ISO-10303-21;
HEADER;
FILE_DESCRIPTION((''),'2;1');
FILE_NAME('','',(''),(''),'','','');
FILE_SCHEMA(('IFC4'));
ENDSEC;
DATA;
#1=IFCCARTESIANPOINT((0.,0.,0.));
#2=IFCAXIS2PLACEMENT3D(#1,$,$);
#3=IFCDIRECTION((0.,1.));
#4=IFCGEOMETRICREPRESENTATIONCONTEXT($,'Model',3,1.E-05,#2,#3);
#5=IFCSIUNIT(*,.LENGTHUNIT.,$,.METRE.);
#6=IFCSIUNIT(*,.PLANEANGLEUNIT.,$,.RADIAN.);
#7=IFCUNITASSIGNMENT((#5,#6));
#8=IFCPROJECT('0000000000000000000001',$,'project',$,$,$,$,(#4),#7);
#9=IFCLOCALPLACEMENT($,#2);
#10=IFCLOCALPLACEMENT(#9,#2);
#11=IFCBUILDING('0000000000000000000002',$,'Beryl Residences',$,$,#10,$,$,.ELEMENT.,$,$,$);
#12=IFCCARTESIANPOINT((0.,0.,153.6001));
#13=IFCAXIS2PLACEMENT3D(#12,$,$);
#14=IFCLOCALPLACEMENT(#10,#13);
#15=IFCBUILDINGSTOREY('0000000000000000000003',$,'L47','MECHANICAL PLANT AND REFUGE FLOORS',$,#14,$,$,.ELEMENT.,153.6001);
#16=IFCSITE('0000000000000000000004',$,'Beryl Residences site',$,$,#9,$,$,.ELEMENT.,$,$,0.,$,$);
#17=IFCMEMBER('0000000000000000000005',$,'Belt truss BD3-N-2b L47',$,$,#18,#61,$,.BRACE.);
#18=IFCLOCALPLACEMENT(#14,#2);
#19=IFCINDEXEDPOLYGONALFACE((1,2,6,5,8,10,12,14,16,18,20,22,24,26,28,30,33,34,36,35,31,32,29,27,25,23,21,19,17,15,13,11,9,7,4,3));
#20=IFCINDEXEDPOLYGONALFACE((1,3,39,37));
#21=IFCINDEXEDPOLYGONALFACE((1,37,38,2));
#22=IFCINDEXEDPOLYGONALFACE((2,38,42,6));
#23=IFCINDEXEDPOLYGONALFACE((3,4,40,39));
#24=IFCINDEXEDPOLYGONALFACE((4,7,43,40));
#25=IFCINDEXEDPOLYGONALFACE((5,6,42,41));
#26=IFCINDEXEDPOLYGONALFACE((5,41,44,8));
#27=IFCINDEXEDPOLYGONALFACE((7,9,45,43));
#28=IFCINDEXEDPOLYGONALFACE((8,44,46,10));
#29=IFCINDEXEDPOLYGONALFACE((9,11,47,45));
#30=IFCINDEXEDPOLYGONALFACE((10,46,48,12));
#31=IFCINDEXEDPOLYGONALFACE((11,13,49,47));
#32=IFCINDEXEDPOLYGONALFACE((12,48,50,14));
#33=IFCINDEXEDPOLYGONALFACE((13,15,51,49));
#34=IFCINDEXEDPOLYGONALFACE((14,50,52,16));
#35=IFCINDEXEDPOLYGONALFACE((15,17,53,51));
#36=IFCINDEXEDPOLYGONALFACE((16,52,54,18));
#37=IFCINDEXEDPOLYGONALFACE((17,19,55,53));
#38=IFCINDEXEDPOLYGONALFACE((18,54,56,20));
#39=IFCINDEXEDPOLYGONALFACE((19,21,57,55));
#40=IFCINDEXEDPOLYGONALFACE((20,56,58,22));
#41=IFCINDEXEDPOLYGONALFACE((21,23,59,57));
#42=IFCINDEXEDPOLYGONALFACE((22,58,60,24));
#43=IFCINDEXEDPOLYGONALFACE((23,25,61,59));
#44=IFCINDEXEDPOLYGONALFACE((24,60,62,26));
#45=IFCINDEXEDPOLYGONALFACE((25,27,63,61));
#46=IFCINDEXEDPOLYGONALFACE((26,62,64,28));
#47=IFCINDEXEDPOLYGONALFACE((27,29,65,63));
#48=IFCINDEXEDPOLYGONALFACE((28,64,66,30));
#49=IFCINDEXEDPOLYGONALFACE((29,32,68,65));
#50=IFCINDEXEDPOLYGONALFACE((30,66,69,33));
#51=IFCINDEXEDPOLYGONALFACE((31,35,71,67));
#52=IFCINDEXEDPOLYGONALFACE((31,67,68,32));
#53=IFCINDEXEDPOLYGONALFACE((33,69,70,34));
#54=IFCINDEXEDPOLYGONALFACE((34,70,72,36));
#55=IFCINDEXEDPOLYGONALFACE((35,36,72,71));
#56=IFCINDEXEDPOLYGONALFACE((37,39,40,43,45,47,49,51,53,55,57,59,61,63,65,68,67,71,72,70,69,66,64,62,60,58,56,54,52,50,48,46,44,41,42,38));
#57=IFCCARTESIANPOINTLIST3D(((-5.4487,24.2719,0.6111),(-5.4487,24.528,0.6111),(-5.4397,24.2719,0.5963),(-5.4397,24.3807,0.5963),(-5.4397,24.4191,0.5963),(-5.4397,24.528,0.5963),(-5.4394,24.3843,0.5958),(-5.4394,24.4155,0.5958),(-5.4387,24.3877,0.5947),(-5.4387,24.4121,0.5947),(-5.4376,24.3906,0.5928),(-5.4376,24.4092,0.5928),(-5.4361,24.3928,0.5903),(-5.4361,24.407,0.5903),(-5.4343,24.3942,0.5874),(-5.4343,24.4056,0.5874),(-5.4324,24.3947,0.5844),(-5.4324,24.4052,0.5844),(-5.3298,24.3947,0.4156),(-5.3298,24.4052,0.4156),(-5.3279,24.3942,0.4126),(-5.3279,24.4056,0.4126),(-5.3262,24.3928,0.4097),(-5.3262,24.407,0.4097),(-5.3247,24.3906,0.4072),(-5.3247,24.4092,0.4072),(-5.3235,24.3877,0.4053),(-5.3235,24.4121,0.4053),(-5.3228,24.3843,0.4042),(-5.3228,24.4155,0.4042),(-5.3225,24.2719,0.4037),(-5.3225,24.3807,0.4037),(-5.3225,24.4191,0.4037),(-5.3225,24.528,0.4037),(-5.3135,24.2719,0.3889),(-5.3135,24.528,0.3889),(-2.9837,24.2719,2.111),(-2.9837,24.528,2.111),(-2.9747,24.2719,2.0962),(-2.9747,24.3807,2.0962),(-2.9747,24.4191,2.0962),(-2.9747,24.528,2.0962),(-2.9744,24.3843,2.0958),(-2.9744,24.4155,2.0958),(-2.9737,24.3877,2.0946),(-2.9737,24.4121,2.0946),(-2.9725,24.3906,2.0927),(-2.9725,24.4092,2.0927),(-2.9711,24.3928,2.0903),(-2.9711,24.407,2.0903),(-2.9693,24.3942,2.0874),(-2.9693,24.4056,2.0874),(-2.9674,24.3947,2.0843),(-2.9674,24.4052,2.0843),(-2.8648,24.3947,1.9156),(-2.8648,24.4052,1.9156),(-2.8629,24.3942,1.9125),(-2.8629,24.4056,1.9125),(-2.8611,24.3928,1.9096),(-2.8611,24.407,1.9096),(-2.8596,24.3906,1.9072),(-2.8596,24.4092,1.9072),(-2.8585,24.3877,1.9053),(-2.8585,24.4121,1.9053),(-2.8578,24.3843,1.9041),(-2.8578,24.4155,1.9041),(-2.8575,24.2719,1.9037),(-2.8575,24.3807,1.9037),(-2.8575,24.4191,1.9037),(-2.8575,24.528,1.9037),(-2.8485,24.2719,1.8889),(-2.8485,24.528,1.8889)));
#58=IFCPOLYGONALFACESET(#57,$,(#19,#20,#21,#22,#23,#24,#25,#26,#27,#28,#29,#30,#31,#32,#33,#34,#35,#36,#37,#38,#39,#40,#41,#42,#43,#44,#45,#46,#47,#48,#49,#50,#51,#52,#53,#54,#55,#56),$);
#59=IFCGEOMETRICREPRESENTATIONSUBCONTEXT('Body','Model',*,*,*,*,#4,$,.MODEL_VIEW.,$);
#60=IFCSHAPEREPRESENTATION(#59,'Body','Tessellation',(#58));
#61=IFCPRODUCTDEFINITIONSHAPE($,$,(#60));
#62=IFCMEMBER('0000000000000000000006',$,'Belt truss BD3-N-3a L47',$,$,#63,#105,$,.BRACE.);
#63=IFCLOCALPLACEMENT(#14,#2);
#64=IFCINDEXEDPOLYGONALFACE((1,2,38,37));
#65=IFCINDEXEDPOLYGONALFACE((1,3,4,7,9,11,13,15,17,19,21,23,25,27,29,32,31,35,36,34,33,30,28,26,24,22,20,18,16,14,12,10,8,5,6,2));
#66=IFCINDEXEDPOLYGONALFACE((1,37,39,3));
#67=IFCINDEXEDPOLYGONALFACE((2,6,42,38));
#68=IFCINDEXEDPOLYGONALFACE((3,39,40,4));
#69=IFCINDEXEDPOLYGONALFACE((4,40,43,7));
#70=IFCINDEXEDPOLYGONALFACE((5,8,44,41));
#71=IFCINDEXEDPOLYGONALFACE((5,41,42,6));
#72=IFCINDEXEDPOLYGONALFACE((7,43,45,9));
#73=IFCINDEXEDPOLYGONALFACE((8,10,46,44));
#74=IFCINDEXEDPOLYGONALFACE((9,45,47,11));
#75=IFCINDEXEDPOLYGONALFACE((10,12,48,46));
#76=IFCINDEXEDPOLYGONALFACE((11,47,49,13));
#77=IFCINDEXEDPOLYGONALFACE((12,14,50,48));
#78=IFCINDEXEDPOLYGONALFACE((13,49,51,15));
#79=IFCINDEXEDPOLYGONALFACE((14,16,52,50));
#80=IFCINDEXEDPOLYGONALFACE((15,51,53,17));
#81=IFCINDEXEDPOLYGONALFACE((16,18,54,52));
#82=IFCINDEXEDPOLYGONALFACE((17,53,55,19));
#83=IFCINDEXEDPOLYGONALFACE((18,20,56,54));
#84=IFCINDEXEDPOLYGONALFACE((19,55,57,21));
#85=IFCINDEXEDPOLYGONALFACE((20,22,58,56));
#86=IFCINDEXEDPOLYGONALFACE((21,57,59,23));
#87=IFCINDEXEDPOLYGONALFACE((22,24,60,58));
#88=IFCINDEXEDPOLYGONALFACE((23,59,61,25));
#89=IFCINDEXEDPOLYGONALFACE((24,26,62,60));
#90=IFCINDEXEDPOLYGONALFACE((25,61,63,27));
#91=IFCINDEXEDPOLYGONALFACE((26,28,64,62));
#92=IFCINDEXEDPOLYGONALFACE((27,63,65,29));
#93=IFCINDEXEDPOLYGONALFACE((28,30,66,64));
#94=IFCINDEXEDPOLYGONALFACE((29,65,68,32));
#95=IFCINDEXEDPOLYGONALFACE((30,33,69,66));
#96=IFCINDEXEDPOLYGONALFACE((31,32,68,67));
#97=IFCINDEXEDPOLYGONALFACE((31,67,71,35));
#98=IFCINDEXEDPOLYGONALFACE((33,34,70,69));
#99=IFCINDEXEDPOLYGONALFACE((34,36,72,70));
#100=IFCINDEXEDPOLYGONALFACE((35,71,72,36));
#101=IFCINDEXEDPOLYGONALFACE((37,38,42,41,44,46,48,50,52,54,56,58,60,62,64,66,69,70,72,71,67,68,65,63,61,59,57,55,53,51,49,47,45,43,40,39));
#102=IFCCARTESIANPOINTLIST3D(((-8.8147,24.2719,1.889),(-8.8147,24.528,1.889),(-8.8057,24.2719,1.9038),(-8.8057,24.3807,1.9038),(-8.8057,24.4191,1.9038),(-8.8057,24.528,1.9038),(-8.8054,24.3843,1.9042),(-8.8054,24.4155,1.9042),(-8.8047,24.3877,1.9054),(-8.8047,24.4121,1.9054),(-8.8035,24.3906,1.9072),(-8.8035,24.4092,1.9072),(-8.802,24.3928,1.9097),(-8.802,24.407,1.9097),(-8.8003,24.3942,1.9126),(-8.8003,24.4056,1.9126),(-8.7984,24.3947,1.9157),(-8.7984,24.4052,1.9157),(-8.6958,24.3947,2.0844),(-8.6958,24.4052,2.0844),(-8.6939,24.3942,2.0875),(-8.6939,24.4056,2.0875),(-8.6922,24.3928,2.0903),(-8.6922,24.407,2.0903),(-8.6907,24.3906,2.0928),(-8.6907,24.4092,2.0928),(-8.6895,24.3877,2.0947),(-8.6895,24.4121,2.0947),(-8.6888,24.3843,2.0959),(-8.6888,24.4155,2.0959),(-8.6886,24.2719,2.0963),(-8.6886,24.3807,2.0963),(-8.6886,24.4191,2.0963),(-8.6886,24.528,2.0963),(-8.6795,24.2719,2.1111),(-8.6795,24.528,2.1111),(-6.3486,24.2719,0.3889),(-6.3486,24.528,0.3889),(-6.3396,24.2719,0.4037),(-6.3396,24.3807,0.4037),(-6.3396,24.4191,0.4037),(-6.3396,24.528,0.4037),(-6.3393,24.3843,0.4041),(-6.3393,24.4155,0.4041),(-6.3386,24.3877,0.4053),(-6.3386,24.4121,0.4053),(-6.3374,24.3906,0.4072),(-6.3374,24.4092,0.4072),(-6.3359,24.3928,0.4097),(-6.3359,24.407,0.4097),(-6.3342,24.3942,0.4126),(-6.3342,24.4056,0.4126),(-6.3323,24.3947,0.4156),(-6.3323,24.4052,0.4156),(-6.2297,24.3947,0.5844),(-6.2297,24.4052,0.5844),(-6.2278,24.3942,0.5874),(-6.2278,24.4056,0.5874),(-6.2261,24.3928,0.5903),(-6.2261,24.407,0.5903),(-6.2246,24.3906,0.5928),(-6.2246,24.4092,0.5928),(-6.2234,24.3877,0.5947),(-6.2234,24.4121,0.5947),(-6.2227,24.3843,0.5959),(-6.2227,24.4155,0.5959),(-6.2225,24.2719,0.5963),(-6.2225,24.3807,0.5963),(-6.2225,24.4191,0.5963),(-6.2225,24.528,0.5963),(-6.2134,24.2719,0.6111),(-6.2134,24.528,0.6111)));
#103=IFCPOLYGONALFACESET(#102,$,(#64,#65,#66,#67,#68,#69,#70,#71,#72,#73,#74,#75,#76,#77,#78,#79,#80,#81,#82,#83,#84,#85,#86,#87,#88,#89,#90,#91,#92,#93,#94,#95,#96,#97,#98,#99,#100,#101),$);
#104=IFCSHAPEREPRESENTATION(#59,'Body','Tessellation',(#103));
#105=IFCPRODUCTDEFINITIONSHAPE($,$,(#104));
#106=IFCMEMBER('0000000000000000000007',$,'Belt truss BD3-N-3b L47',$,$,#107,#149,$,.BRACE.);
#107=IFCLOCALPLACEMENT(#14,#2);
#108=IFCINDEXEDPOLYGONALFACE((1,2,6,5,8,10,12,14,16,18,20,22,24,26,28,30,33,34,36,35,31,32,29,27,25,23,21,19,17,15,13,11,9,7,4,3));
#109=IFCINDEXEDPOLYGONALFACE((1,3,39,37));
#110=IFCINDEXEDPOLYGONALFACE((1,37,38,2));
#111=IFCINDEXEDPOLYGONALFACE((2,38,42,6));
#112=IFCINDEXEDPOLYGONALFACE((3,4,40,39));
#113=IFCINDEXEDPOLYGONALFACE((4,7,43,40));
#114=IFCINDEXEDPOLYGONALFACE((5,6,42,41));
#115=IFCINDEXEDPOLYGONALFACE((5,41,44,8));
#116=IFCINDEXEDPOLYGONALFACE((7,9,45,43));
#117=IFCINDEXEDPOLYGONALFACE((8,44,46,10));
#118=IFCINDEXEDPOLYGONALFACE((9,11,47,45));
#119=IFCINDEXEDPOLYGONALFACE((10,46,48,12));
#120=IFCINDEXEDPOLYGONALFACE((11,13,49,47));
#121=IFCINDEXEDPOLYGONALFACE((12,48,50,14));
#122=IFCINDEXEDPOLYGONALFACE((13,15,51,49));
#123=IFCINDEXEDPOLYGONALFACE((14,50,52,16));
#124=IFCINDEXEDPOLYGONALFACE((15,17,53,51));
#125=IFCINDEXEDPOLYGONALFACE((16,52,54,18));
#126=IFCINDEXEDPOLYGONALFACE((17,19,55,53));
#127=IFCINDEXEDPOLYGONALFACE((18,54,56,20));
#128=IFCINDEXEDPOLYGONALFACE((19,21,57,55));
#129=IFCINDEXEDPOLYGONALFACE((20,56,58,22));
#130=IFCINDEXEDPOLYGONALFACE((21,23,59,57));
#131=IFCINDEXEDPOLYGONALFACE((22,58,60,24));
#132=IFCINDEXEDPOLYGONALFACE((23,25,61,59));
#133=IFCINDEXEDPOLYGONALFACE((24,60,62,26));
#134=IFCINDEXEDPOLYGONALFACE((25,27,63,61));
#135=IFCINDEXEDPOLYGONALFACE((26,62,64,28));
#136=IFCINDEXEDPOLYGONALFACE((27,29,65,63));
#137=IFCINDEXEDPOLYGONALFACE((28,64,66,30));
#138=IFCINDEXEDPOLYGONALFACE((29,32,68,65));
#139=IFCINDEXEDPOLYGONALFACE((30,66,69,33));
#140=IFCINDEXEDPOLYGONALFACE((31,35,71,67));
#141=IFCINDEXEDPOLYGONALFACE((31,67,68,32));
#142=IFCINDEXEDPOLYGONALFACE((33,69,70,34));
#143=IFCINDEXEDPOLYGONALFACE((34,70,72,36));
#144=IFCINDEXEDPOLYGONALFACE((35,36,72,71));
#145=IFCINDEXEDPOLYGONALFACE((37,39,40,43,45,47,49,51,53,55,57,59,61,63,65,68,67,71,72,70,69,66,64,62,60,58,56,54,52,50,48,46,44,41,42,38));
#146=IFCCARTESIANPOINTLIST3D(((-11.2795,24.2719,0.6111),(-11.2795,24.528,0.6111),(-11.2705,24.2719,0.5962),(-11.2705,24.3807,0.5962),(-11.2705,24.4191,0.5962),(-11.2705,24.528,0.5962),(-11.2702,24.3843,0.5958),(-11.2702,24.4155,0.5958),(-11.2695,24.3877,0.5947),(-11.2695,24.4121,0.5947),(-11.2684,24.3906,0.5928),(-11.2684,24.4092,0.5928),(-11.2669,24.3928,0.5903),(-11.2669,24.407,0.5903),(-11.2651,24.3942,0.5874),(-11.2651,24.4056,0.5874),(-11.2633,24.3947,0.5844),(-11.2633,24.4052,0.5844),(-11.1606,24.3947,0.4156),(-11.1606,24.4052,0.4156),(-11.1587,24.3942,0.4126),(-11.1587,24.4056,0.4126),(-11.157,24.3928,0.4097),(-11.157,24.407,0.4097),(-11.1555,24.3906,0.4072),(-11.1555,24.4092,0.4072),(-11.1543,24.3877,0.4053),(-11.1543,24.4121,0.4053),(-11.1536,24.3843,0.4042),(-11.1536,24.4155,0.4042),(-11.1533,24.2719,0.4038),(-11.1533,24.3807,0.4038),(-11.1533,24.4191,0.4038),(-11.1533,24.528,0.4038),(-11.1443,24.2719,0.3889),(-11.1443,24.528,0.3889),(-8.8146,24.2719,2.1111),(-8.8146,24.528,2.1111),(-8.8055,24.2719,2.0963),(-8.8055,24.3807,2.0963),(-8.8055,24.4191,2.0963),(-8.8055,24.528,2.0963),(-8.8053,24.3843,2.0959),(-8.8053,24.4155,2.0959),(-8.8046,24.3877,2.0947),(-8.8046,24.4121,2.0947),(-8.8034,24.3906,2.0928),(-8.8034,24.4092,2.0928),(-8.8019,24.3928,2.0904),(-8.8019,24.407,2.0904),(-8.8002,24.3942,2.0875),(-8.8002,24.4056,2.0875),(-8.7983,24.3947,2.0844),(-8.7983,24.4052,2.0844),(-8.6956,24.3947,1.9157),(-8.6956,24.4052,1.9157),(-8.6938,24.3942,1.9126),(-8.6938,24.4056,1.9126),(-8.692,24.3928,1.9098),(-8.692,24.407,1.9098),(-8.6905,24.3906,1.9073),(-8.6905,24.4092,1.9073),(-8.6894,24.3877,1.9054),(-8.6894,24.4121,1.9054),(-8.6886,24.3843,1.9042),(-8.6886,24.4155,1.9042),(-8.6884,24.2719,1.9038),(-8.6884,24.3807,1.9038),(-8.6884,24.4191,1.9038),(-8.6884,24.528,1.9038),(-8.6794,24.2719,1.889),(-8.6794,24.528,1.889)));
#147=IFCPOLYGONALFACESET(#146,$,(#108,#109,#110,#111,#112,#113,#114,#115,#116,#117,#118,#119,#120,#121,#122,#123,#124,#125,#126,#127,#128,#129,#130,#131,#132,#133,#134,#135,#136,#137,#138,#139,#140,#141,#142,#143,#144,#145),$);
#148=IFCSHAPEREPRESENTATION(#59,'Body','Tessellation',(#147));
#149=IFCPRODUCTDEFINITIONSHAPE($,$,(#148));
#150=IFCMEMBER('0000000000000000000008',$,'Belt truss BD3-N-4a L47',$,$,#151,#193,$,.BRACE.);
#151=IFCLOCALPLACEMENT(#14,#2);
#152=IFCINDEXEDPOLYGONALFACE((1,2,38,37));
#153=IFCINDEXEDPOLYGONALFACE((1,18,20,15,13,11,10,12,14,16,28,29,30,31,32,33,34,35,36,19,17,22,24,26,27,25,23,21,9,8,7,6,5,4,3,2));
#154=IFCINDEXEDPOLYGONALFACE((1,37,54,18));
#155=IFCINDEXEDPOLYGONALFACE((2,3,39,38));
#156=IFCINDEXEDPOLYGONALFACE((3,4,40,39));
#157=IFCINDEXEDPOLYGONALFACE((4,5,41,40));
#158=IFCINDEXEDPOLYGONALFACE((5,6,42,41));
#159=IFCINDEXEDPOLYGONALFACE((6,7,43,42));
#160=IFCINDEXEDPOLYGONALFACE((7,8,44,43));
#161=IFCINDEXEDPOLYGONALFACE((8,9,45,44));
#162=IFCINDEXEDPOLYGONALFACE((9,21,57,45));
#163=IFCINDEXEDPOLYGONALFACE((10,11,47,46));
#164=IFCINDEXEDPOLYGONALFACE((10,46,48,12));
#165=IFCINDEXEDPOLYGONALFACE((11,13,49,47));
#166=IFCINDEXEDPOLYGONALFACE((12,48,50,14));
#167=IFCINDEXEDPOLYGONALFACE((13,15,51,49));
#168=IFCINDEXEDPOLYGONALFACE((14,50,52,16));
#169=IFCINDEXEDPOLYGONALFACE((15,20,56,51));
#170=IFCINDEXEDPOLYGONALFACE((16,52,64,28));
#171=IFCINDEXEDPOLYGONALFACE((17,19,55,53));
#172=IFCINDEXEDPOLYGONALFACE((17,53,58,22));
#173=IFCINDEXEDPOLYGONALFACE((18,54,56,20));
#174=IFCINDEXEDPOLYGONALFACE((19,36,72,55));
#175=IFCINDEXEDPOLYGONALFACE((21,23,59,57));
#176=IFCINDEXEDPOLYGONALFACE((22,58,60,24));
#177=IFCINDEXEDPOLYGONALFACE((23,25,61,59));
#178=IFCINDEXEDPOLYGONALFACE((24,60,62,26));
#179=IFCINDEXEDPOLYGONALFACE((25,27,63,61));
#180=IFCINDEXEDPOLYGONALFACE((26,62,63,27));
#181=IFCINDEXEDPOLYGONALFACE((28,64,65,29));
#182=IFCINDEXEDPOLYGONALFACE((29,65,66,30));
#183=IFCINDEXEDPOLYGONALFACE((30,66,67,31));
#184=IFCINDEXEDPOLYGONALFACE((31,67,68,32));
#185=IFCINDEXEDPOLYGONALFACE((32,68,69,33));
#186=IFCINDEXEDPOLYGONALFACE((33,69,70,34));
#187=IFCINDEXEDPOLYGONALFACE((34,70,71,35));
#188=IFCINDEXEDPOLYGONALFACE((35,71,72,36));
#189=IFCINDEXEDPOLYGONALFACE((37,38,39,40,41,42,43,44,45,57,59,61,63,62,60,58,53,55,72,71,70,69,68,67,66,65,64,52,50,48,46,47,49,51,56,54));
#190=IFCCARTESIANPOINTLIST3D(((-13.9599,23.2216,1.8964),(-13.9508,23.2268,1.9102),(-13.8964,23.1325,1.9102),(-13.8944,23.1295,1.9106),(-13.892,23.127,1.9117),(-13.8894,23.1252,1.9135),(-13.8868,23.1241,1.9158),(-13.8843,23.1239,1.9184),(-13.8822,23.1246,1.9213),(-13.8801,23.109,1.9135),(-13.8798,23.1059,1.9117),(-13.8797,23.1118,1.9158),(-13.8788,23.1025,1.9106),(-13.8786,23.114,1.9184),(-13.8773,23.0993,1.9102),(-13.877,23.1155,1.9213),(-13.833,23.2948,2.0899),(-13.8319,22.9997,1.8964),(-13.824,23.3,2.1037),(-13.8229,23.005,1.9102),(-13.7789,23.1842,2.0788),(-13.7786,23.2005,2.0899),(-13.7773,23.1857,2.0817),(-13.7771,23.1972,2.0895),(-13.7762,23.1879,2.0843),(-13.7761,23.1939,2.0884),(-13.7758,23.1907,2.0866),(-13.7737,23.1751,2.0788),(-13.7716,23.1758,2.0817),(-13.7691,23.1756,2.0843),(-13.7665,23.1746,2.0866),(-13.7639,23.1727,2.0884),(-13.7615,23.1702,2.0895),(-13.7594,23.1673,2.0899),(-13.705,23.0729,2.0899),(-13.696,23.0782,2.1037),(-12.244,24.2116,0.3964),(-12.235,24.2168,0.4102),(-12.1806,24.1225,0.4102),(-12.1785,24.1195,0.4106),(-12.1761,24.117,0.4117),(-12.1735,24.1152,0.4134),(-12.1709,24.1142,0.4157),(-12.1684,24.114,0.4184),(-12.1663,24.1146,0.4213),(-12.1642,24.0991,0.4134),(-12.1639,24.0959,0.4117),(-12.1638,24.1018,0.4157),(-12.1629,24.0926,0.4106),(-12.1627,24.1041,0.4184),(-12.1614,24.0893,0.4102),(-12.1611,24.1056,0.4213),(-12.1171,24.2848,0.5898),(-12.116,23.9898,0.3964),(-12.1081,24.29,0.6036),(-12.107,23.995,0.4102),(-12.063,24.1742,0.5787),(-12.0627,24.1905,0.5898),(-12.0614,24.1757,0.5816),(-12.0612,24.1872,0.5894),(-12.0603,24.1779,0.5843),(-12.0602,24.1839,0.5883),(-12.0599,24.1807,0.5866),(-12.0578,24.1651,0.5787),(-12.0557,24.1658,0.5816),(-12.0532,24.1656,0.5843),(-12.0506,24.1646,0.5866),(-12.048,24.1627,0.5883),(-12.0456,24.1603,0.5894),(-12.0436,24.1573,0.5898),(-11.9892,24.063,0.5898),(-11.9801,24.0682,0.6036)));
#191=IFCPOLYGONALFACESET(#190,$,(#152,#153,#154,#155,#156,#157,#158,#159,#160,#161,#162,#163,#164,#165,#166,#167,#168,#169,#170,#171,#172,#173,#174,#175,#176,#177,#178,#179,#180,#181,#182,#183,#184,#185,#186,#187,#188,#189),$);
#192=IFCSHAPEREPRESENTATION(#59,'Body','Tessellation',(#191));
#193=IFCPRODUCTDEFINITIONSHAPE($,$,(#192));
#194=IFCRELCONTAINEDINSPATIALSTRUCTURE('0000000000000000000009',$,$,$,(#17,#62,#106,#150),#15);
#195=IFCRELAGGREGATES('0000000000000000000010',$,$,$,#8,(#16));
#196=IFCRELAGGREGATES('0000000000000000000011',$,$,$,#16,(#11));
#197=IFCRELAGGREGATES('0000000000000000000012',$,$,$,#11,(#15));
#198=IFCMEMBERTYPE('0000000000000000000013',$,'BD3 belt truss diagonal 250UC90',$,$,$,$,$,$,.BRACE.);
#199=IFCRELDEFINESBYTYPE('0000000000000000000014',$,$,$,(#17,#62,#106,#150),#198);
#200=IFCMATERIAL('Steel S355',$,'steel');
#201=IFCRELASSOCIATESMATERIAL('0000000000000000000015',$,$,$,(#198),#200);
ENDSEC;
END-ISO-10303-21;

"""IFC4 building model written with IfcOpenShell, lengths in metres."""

from ifc_helpers import new_model, si_unit, direction, frame, origin, origin_2d, place, context, subcontext, project, spatial, i_section, extrude, material, material_profile, profile_set, type_object, element, save


model = new_model("IFC4")

# Units and contexts
model_context = context("Model", 3, precision=1e-05, world=origin(), true_north=direction((0.0, 1.0)))
body_context = subcontext(model_context, "Body", "Model", "MODEL_VIEW")
ifc_project = project(units=[si_unit("LENGTHUNIT", "METRE"), si_unit("PLANEANGLEUNIT", "RADIAN")], contexts=[model_context])

# Site, building, storey
site_placement = place(None, origin())
site = spatial("IfcSite", under=ifc_project, at=site_placement, Name="Beryl Residences site", CompositionType="ELEMENT", RefElevation=0.0)
building_placement = place(site_placement, origin())
building = spatial("IfcBuilding", under=site, at=building_placement, Name="Beryl Residences", CompositionType="ELEMENT")
storey_placement = place(building_placement, frame((0.0, 0.0, 153.6001)))
storey = spatial("IfcBuildingStorey", under=building, at=storey_placement, Name="L47", Description="MECHANICAL PLANT AND REFUGE FLOORS", CompositionType="ELEMENT", Elevation=153.6001)

# Members
ifc_material_1 = material(Name="Steel S355", Category="steel")
ifc_material_profile_1 = material_profile(ifc_material_1, i_section(OverallWidth=0.2561, OverallDepth=0.26, WebThickness=0.0105, FlangeThickness=0.0173, FilletRadius=0.0139, at=origin_2d()))
ifc_profile_set_1 = profile_set([ifc_material_profile_1], Name="Steel S355")
member_type_1 = type_object("IfcMemberType", Name="BD3 belt truss diagonal 250UC90", PredefinedType="BRACE", material=ifc_profile_set_1)
member_1_placement = place(storey_placement, frame((-5.3811, 24.3999, 0.5), z_axis=(0.854274, 0.0, 0.519823), x_axis=(0.0, 1.0, 0.0)))
element("IfcMember", 1, at=member_1_placement, inside=storey, type_object=member_type_1, Name="Belt truss BD3-N-2b L47", PredefinedType="BRACE", context=body_context, shape_type="SweptSolid", body=[
    extrude(i_section(OverallWidth=0.2561, OverallDepth=0.26, WebThickness=0.0105, FlangeThickness=0.0173, FilletRadius=0.0139, at=origin_2d()), origin(), (0.0, 0.0, 1.0), 2.8855),
])
member_2_placement = place(storey_placement, frame((-6.281, 24.3999, 0.5), z_axis=(-0.854365, 0.0, 0.519673), x_axis=(0.0, -1.0, 0.0)))
element("IfcMember", 2, at=member_2_placement, inside=storey, type_object=member_type_1, Name="Belt truss BD3-N-3a L47", PredefinedType="BRACE", context=body_context, shape_type="SweptSolid", body=[
    extrude(i_section(OverallWidth=0.2561, OverallDepth=0.26, WebThickness=0.0105, FlangeThickness=0.0173, FilletRadius=0.0139, at=origin_2d()), origin(), (0.0, 0.0, 1.0), 2.8865),
])
member_3_placement = place(storey_placement, frame((-11.2119, 24.3999, 0.5), z_axis=(0.854251, 0.0, 0.519861), x_axis=(0.0, 1.0, 0.0)))
element("IfcMember", 3, at=member_3_placement, inside=storey, type_object=member_type_1, Name="Belt truss BD3-N-3b L47", PredefinedType="BRACE", context=body_context, shape_type="SweptSolid", body=[
    extrude(i_section(OverallWidth=0.2561, OverallDepth=0.26, WebThickness=0.0105, FlangeThickness=0.0173, FilletRadius=0.0139, at=origin_2d()), origin(), (0.0, 0.0, 1.0), 2.8855),
])
member_4_placement = place(storey_placement, frame((-12.1121, 24.1399, 0.5), z_axis=(-0.690533, -0.398422, 0.603676), x_axis=(0.499758, -0.866165, 0.0)))
element("IfcMember", 4, at=member_4_placement, inside=storey, type_object=member_type_1, Name="Belt truss BD3-N-4a L47", PredefinedType="BRACE", context=body_context, shape_type="SweptSolid", body=[
    extrude(i_section(OverallWidth=0.2561, OverallDepth=0.26, WebThickness=0.0105, FlangeThickness=0.0173, FilletRadius=0.0139, at=origin_2d()), origin(), (0.0, 0.0, 1.0), 2.4849),
])

save(model, "model.ifc")
